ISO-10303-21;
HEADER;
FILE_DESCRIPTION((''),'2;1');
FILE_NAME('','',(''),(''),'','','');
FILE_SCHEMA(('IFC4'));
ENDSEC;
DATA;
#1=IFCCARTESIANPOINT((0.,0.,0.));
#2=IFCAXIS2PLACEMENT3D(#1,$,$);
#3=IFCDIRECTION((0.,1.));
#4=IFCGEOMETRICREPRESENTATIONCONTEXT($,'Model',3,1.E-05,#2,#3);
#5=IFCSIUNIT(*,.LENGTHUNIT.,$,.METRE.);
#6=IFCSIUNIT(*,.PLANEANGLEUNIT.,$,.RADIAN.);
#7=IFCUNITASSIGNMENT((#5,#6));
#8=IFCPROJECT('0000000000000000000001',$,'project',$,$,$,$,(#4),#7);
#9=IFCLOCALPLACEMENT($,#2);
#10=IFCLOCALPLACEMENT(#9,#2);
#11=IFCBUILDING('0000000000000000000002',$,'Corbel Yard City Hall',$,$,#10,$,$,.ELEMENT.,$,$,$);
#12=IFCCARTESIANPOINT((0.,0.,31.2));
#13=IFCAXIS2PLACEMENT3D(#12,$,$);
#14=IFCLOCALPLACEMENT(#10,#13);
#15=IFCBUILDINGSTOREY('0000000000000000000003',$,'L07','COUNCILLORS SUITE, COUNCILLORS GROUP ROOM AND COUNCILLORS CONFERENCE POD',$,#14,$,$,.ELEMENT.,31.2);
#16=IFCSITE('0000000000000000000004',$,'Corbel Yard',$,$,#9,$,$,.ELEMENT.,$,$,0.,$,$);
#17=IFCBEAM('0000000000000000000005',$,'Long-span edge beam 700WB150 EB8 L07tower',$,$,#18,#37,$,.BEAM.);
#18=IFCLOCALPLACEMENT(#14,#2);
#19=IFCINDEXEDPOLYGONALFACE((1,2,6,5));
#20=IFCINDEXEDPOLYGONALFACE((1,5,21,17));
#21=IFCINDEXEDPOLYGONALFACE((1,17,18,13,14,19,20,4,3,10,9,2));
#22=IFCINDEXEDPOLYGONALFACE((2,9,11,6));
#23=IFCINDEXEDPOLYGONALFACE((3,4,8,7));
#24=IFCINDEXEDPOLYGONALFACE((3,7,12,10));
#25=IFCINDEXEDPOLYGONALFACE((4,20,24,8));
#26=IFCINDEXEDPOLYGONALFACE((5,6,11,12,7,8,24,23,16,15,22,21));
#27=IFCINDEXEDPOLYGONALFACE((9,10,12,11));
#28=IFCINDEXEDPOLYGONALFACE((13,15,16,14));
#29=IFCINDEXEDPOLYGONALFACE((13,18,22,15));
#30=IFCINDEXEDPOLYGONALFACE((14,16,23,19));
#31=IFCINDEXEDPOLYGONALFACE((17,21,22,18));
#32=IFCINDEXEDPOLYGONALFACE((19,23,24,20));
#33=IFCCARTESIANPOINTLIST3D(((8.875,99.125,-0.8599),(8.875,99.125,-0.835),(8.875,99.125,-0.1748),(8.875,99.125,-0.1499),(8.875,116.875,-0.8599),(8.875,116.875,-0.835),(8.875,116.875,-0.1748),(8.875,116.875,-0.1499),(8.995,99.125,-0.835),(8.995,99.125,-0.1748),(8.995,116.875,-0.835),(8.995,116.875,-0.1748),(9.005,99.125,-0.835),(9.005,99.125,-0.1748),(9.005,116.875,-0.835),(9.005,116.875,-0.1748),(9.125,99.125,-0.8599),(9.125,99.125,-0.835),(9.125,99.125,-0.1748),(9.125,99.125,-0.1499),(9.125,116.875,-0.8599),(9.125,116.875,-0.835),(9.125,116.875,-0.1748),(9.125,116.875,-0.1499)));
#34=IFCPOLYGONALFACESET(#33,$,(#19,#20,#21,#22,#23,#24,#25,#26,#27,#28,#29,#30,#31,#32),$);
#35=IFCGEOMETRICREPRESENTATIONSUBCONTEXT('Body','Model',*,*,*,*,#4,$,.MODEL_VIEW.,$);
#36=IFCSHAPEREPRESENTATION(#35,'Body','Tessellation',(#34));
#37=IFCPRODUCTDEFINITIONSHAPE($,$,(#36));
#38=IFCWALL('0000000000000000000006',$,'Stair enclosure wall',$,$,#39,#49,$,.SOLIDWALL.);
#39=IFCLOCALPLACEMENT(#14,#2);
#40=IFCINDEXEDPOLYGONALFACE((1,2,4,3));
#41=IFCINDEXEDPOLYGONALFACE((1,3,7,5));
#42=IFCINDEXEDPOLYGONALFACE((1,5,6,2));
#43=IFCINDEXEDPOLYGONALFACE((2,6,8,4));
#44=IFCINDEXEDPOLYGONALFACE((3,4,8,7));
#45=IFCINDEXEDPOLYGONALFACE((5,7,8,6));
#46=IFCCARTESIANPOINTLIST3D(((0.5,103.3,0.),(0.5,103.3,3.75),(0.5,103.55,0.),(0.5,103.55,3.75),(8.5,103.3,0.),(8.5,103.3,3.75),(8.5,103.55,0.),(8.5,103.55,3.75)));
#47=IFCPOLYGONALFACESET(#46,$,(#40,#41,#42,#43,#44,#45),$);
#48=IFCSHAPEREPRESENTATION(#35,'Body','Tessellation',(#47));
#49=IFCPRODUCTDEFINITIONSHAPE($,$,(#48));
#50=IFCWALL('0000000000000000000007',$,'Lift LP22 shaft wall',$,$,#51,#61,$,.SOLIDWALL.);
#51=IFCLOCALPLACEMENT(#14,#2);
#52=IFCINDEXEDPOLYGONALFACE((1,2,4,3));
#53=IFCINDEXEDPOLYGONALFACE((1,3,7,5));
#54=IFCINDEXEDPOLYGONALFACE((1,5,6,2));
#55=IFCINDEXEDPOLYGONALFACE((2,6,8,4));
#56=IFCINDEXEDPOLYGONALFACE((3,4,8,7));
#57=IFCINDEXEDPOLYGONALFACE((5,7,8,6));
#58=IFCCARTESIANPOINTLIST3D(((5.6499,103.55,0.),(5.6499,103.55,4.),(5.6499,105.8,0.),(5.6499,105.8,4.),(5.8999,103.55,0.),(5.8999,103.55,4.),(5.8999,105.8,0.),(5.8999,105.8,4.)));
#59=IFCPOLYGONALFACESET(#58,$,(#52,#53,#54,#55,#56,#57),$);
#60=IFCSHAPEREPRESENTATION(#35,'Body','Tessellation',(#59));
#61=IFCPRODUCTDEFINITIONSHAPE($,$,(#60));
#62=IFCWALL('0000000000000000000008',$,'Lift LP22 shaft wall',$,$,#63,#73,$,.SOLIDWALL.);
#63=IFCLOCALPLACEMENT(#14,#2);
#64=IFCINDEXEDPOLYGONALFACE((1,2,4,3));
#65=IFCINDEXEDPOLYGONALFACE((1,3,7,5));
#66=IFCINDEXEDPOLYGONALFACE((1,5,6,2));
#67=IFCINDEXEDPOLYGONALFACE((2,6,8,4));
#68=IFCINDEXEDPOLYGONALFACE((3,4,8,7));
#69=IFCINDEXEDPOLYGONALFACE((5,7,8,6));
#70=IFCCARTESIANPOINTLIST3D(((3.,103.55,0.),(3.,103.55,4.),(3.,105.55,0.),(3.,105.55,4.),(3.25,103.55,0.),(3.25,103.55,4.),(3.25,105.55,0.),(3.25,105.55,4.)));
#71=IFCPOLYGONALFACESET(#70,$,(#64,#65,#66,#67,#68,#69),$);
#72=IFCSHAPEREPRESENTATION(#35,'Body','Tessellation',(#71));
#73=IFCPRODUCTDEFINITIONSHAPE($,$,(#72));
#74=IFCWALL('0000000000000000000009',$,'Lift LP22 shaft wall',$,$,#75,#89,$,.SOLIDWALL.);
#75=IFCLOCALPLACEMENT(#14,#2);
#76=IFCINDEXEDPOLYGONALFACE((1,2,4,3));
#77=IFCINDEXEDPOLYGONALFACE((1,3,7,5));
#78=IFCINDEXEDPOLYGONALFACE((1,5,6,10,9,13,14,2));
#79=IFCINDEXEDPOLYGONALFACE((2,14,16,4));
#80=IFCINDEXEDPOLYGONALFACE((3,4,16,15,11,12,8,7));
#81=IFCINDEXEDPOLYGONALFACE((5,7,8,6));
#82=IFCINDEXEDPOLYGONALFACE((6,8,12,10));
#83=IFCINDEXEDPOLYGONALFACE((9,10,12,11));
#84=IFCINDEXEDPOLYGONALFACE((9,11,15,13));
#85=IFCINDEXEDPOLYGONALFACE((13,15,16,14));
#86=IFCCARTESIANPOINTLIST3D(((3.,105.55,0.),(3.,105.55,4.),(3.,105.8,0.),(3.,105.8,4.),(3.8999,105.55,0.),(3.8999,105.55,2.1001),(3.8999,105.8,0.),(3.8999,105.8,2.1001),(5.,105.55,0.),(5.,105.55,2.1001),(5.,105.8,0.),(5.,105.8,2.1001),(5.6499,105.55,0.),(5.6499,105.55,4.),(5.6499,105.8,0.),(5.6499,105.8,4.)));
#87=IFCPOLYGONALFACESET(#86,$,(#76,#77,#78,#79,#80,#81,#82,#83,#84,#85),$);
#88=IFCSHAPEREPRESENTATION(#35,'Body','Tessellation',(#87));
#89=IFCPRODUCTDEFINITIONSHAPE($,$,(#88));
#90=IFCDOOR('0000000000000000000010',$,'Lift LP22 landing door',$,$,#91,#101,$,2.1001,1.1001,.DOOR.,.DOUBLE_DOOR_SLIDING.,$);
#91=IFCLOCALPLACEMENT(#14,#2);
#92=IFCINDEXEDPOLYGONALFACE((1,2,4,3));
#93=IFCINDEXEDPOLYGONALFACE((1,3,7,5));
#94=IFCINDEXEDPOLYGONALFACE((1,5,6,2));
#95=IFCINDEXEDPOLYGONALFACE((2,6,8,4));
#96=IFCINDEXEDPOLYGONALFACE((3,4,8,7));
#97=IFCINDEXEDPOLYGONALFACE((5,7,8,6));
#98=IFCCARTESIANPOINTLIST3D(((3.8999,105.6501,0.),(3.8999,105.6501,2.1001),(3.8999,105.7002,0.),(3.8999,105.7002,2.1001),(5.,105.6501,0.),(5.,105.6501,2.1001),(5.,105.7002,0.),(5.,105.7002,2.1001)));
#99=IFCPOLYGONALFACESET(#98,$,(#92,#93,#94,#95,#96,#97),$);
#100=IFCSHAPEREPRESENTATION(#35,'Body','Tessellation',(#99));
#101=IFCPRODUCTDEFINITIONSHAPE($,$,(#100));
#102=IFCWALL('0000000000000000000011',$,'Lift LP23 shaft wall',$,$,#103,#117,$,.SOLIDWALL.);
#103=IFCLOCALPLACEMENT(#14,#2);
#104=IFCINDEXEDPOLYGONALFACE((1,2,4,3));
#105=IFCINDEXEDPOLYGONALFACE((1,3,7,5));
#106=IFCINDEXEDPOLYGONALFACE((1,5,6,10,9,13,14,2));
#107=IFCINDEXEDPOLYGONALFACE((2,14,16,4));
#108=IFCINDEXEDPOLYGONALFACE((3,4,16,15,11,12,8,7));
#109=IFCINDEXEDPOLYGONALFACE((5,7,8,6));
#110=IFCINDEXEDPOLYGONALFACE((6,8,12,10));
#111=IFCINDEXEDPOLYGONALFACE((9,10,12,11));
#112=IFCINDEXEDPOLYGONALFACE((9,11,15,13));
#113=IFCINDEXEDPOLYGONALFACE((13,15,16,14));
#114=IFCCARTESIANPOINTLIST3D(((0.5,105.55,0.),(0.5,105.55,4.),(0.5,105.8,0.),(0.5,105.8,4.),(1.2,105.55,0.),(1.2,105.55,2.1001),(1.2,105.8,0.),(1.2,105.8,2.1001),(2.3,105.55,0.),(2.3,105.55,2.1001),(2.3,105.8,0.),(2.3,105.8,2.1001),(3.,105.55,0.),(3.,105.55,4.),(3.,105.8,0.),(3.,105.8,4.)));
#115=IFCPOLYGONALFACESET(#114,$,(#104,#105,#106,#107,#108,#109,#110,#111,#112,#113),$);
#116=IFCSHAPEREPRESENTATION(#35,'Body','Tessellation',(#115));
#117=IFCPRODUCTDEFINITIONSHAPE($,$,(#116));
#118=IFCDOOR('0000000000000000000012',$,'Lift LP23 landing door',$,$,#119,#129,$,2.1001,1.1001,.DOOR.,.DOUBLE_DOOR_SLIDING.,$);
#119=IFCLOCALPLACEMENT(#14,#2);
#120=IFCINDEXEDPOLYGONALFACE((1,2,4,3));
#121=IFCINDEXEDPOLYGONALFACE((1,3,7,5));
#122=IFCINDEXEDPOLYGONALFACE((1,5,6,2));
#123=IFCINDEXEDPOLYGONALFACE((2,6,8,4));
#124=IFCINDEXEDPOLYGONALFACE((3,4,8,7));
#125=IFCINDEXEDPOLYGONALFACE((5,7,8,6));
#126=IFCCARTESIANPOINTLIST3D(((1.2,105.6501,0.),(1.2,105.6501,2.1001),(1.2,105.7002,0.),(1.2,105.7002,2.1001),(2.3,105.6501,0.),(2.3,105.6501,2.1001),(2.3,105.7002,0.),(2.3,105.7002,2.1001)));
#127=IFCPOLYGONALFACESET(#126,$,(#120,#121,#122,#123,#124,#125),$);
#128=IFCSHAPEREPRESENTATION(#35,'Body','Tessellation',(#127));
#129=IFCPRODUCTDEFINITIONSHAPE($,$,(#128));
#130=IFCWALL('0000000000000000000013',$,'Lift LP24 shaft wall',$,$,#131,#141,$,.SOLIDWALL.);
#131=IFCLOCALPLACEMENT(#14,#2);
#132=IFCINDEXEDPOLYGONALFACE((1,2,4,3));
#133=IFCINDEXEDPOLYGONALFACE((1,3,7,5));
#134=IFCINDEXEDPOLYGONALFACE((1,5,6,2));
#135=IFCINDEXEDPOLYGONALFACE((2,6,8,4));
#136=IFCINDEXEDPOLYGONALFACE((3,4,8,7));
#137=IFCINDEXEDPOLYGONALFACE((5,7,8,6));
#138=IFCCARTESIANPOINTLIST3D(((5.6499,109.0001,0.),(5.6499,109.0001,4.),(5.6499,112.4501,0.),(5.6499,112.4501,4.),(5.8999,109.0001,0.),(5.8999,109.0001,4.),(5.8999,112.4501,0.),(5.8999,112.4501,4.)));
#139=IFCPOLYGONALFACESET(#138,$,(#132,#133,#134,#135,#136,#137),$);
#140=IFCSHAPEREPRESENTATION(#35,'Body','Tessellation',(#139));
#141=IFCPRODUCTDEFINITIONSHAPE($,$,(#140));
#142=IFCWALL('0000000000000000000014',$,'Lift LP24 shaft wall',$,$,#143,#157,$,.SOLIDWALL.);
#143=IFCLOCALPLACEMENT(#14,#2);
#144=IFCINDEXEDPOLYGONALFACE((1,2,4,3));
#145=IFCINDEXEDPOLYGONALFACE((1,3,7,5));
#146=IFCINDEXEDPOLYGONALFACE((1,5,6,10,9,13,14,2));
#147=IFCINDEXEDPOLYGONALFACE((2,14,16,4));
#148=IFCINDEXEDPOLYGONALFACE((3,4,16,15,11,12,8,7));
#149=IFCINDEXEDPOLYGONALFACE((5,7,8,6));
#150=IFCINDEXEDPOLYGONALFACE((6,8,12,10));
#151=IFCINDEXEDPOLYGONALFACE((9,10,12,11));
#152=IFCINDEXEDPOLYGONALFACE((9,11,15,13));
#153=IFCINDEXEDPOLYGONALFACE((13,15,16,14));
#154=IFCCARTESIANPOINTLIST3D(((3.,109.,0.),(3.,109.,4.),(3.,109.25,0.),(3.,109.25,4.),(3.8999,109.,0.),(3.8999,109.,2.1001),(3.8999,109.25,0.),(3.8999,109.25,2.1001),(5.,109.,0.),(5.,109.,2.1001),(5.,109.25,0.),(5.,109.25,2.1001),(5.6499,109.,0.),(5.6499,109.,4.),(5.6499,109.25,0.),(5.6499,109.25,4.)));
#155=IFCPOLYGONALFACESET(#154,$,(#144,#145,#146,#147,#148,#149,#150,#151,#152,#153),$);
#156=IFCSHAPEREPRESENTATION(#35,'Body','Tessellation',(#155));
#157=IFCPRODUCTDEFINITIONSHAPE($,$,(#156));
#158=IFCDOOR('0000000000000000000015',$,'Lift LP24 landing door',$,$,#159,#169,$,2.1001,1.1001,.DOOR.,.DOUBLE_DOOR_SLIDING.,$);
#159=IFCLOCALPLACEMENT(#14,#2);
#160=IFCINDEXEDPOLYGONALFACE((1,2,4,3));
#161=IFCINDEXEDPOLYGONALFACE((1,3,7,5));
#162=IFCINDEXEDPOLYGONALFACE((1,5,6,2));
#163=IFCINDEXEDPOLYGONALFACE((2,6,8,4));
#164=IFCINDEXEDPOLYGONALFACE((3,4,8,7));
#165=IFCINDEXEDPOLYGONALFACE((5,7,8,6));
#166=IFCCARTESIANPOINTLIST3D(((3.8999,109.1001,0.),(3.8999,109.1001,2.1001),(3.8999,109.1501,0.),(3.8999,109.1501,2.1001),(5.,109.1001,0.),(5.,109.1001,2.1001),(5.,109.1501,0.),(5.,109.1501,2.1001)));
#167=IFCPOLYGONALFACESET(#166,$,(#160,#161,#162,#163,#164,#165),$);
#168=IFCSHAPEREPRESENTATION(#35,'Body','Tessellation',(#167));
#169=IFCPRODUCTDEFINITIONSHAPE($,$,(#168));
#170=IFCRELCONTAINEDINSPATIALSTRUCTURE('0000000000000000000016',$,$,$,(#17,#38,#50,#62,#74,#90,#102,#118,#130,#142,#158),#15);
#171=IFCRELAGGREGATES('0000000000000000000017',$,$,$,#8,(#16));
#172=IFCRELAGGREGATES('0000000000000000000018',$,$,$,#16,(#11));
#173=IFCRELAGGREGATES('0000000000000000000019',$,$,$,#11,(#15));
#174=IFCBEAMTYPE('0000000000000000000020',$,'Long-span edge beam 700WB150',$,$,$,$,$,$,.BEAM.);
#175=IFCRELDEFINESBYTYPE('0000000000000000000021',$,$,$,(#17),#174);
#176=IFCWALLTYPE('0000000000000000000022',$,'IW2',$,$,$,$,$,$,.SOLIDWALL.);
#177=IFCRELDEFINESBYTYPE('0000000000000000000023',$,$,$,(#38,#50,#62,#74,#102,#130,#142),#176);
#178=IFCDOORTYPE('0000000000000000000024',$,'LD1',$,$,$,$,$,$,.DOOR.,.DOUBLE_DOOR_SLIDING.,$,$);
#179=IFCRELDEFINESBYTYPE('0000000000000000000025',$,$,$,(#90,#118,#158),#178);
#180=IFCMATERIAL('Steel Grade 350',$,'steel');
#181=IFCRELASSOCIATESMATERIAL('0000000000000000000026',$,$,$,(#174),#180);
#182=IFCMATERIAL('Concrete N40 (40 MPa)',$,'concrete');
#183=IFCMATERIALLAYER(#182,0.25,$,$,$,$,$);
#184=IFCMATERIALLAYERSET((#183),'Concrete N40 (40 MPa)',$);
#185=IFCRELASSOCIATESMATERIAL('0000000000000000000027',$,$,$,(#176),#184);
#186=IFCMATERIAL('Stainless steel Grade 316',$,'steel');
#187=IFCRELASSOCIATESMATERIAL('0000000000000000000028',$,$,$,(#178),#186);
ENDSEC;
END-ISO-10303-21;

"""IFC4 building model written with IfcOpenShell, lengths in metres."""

from ifc_helpers import new_model, si_unit, direction, frame, frame_2d, origin, origin_2d, place, context, subcontext, project, spatial, rectangle, i_section, extrude, material, layer, layer_set, material_profile, profile_set, type_object, element, fill, save


model = new_model("IFC4")

# Units and contexts
model_context = context("Model", 3, precision=1e-05, world=origin(), true_north=direction((0.0, 1.0)))
body_context = subcontext(model_context, "Body", "Model", "MODEL_VIEW")
ifc_project = project(units=[si_unit("LENGTHUNIT", "METRE"), si_unit("PLANEANGLEUNIT", "RADIAN")], contexts=[model_context])

# Site, building, storey
site_placement = place(None, origin())
site = spatial("IfcSite", under=ifc_project, at=site_placement, Name="Corbel Yard", CompositionType="ELEMENT", RefElevation=0.0)
building_placement = place(site_placement, origin())
building = spatial("IfcBuilding", under=site, at=building_placement, Name="Corbel Yard City Hall", CompositionType="ELEMENT")
storey_placement = place(building_placement, frame((0.0, 0.0, 31.2)))
storey = spatial("IfcBuildingStorey", under=building, at=storey_placement, Name="L07", Description="COUNCILLORS SUITE, COUNCILLORS GROUP ROOM AND COUNCILLORS CONFERENCE POD", CompositionType="ELEMENT", Elevation=31.2)

# Beam
ifc_material_1 = material(Name="Steel Grade 350", Category="steel")
ifc_material_profile = material_profile(ifc_material_1, i_section(OverallWidth=0.25, OverallDepth=0.71, WebThickness=0.01, FlangeThickness=0.0249, at=origin_2d()), Name="700WB150")
ifc_profile_set = profile_set([ifc_material_profile], Name="Steel Grade 350")
beam_type = type_object("IfcBeamType", Name="Long-span edge beam 700WB150", PredefinedType="BEAM", material=ifc_profile_set)
beam_placement = place(storey_placement, frame((9.0, 99.125, -0.5049), z_axis=(0.0, 1.0, 0.0), x_axis=(-1.0, 0.0, 0.0)))
element("IfcBeam", 1, at=beam_placement, inside=storey, type_object=beam_type, Name="Long-span edge beam 700WB150 EB8 L07tower", PredefinedType="BEAM", context=body_context, shape_type="SweptSolid", body=[
    extrude(i_section(OverallWidth=0.25, OverallDepth=0.71, WebThickness=0.01, FlangeThickness=0.0249, at=origin_2d()), origin(), (0.0, 0.0, 1.0), 17.75),
])

# Walls
ifc_material_2 = material(Name="Concrete N40 (40 MPa)", Category="concrete")
ifc_layer_1 = layer(ifc_material_2, 0.25)
ifc_layer_set_1 = layer_set([ifc_layer_1], Name="Concrete N40 (40 MPa)")
wall_type_1 = type_object("IfcWallType", Name="IW2", PredefinedType="SOLIDWALL", material=ifc_layer_set_1)
wall_1_placement = place(storey_placement, frame((8.5, 103.425, 0.0), z_axis=(0.0, 0.0, 1.0), x_axis=(-1.0, 0.0, 0.0)))
element("IfcWall", 2, at=wall_1_placement, inside=storey, type_object=wall_type_1, Name="Stair enclosure wall", PredefinedType="SOLIDWALL", context=body_context, shape_type="SweptSolid", body=[
    extrude(rectangle(XDim=8.0, YDim=0.25, at=frame_2d((4.0, 0.0))), origin(), (0.0, 0.0, 1.0), 3.75),
])
wall_2_placement = place(storey_placement, frame((5.7749, 103.55, 0.0), z_axis=(0.0, 0.0, 1.0), x_axis=(0.0, 1.0, 0.0)))
element("IfcWall", 3, at=wall_2_placement, inside=storey, type_object=wall_type_1, Name="Lift LP22 shaft wall", PredefinedType="SOLIDWALL", context=body_context, shape_type="SweptSolid", body=[
    extrude(rectangle(XDim=2.25, YDim=0.25, at=frame_2d((1.125, 0.0))), origin(), (0.0, 0.0, 1.0), 4.0),
])
wall_3_placement = place(storey_placement, frame((3.125, 103.55, 0.0), z_axis=(0.0, 0.0, 1.0), x_axis=(0.0, 1.0, 0.0)))
element("IfcWall", 4, at=wall_3_placement, inside=storey, type_object=wall_type_1, Name="Lift LP22 shaft wall", PredefinedType="SOLIDWALL", context=body_context, shape_type="SweptSolid", body=[
    extrude(rectangle(XDim=2.0, YDim=0.25, at=frame_2d((1.0, 0.0))), origin(), (0.0, 0.0, 1.0), 4.0),
])

# Walls, openings, doors
wall_4_placement = place(storey_placement, frame((5.6499, 105.675, 0.0), z_axis=(0.0, 0.0, 1.0), x_axis=(-1.0, 0.0, 0.0)))
wall_4 = element("IfcWall", 5, at=wall_4_placement, inside=storey, type_object=wall_type_1, Name="Lift LP22 shaft wall", PredefinedType="SOLIDWALL", context=body_context, shape_type="SweptSolid", body=[
    extrude(rectangle(XDim=2.6499, YDim=0.25, at=frame_2d((1.325, 0.0))), origin(), (0.0, 0.0, 1.0), 4.0),
])
opening_1_placement = place(wall_4_placement, frame((0.6499, 0.0, 0.0)))
opening_1 = element("IfcOpeningElement", 6, at=opening_1_placement, cuts=wall_4, PredefinedType="OPENING", context=body_context, shape_type="SweptSolid", body=[
    extrude(rectangle(XDim=1.1001, YDim=2.1001, at=frame_2d((0.55, 1.05))), frame((0.0, 0.135, 0.0), z_axis=(0.0, -1.0, 0.0), x_axis=(1.0, 0.0, 0.0)), (0.0, 0.0, 1.0), 0.27),
])
ifc_material_3 = material(Name="Stainless steel Grade 316", Category="steel")
door_type_1 = type_object("IfcDoorType", Name="LD1", OperationType="DOUBLE_DOOR_SLIDING", PredefinedType="DOOR", material=ifc_material_3)
door_1_placement = place(opening_1_placement, origin())
door_1 = element("IfcDoor", 7, at=door_1_placement, inside=storey, type_object=door_type_1, Name="Lift LP22 landing door", OperationType="DOUBLE_DOOR_SLIDING", OverallHeight=2.1001, OverallWidth=1.1001, PredefinedType="DOOR", context=body_context, shape_type="SweptSolid", body=[
    extrude(rectangle(XDim=1.1001, YDim=2.1001, at=frame_2d((0.55, 1.05))), frame((0.0, 0.0249, 0.0), z_axis=(0.0, -1.0, 0.0), x_axis=(1.0, 0.0, 0.0)), (0.0, 0.0, 1.0), 0.05),
])
fill(opening_1, door_1)
wall_5_placement = place(storey_placement, frame((3.0, 105.675, 0.0), z_axis=(0.0, 0.0, 1.0), x_axis=(-1.0, 0.0, 0.0)))
wall_5 = element("IfcWall", 8, at=wall_5_placement, inside=storey, type_object=wall_type_1, Name="Lift LP23 shaft wall", PredefinedType="SOLIDWALL", context=body_context, shape_type="SweptSolid", body=[
    extrude(rectangle(XDim=2.5, YDim=0.25, at=frame_2d((1.25, 0.0))), origin(), (0.0, 0.0, 1.0), 4.0),
])
opening_2_placement = place(wall_5_placement, frame((0.7, 0.0, 0.0)))
opening_2 = element("IfcOpeningElement", 9, at=opening_2_placement, cuts=wall_5, PredefinedType="OPENING", context=body_context, shape_type="SweptSolid", body=[
    extrude(rectangle(XDim=1.1001, YDim=2.1001, at=frame_2d((0.55, 1.05))), frame((0.0, 0.135, 0.0), z_axis=(0.0, -1.0, 0.0), x_axis=(1.0, 0.0, 0.0)), (0.0, 0.0, 1.0), 0.27),
])
door_2_placement = place(opening_2_placement, origin())
door_2 = element("IfcDoor", 10, at=door_2_placement, inside=storey, type_object=door_type_1, Name="Lift LP23 landing door", OperationType="DOUBLE_DOOR_SLIDING", OverallHeight=2.1001, OverallWidth=1.1001, PredefinedType="DOOR", context=body_context, shape_type="SweptSolid", body=[
    extrude(rectangle(XDim=1.1001, YDim=2.1001, at=frame_2d((0.55, 1.05))), frame((0.0, 0.0249, 0.0), z_axis=(0.0, -1.0, 0.0), x_axis=(1.0, 0.0, 0.0)), (0.0, 0.0, 1.0), 0.05),
])
fill(opening_2, door_2)

# Wall
wall_6_placement = place(storey_placement, frame((5.7749, 109.0, 0.0), z_axis=(0.0, 0.0, 1.0), x_axis=(0.0, 1.0, 0.0)))
element("IfcWall", 11, at=wall_6_placement, inside=storey, type_object=wall_type_1, Name="Lift LP24 shaft wall", PredefinedType="SOLIDWALL", context=body_context, shape_type="SweptSolid", body=[
    extrude(rectangle(XDim=3.45, YDim=0.25, at=frame_2d((1.7251, 0.0))), origin(), (0.0, 0.0, 1.0), 4.0),
])

# Wall, opening, door
wall_7_placement = place(storey_placement, frame((5.6499, 109.125, 0.0), z_axis=(0.0, 0.0, 1.0), x_axis=(-1.0, 0.0, 0.0)))
wall_7 = element("IfcWall", 12, at=wall_7_placement, inside=storey, type_object=wall_type_1, Name="Lift LP24 shaft wall", PredefinedType="SOLIDWALL", context=body_context, shape_type="SweptSolid", body=[
    extrude(rectangle(XDim=2.6499, YDim=0.25, at=frame_2d((1.325, 0.0))), origin(), (0.0, 0.0, 1.0), 4.0),
])
opening_3_placement = place(wall_7_placement, frame((0.6499, 0.0, 0.0)))
opening_3 = element("IfcOpeningElement", 13, at=opening_3_placement, cuts=wall_7, PredefinedType="OPENING", context=body_context, shape_type="SweptSolid", body=[
    extrude(rectangle(XDim=1.1001, YDim=2.1001, at=frame_2d((0.55, 1.05))), frame((0.0, 0.135, 0.0), z_axis=(0.0, -1.0, 0.0), x_axis=(1.0, 0.0, 0.0)), (0.0, 0.0, 1.0), 0.27),
])
door_3_placement = place(opening_3_placement, origin())
door_3 = element("IfcDoor", 14, at=door_3_placement, inside=storey, type_object=door_type_1, Name="Lift LP24 landing door", OperationType="DOUBLE_DOOR_SLIDING", OverallHeight=2.1001, OverallWidth=1.1001, PredefinedType="DOOR", context=body_context, shape_type="SweptSolid", body=[
    extrude(rectangle(XDim=1.1001, YDim=2.1001, at=frame_2d((0.55, 1.05))), frame((0.0, 0.0249, 0.0), z_axis=(0.0, -1.0, 0.0), x_axis=(1.0, 0.0, 0.0)), (0.0, 0.0, 1.0), 0.05),
])
fill(opening_3, door_3)

save(model, "model.ifc")
